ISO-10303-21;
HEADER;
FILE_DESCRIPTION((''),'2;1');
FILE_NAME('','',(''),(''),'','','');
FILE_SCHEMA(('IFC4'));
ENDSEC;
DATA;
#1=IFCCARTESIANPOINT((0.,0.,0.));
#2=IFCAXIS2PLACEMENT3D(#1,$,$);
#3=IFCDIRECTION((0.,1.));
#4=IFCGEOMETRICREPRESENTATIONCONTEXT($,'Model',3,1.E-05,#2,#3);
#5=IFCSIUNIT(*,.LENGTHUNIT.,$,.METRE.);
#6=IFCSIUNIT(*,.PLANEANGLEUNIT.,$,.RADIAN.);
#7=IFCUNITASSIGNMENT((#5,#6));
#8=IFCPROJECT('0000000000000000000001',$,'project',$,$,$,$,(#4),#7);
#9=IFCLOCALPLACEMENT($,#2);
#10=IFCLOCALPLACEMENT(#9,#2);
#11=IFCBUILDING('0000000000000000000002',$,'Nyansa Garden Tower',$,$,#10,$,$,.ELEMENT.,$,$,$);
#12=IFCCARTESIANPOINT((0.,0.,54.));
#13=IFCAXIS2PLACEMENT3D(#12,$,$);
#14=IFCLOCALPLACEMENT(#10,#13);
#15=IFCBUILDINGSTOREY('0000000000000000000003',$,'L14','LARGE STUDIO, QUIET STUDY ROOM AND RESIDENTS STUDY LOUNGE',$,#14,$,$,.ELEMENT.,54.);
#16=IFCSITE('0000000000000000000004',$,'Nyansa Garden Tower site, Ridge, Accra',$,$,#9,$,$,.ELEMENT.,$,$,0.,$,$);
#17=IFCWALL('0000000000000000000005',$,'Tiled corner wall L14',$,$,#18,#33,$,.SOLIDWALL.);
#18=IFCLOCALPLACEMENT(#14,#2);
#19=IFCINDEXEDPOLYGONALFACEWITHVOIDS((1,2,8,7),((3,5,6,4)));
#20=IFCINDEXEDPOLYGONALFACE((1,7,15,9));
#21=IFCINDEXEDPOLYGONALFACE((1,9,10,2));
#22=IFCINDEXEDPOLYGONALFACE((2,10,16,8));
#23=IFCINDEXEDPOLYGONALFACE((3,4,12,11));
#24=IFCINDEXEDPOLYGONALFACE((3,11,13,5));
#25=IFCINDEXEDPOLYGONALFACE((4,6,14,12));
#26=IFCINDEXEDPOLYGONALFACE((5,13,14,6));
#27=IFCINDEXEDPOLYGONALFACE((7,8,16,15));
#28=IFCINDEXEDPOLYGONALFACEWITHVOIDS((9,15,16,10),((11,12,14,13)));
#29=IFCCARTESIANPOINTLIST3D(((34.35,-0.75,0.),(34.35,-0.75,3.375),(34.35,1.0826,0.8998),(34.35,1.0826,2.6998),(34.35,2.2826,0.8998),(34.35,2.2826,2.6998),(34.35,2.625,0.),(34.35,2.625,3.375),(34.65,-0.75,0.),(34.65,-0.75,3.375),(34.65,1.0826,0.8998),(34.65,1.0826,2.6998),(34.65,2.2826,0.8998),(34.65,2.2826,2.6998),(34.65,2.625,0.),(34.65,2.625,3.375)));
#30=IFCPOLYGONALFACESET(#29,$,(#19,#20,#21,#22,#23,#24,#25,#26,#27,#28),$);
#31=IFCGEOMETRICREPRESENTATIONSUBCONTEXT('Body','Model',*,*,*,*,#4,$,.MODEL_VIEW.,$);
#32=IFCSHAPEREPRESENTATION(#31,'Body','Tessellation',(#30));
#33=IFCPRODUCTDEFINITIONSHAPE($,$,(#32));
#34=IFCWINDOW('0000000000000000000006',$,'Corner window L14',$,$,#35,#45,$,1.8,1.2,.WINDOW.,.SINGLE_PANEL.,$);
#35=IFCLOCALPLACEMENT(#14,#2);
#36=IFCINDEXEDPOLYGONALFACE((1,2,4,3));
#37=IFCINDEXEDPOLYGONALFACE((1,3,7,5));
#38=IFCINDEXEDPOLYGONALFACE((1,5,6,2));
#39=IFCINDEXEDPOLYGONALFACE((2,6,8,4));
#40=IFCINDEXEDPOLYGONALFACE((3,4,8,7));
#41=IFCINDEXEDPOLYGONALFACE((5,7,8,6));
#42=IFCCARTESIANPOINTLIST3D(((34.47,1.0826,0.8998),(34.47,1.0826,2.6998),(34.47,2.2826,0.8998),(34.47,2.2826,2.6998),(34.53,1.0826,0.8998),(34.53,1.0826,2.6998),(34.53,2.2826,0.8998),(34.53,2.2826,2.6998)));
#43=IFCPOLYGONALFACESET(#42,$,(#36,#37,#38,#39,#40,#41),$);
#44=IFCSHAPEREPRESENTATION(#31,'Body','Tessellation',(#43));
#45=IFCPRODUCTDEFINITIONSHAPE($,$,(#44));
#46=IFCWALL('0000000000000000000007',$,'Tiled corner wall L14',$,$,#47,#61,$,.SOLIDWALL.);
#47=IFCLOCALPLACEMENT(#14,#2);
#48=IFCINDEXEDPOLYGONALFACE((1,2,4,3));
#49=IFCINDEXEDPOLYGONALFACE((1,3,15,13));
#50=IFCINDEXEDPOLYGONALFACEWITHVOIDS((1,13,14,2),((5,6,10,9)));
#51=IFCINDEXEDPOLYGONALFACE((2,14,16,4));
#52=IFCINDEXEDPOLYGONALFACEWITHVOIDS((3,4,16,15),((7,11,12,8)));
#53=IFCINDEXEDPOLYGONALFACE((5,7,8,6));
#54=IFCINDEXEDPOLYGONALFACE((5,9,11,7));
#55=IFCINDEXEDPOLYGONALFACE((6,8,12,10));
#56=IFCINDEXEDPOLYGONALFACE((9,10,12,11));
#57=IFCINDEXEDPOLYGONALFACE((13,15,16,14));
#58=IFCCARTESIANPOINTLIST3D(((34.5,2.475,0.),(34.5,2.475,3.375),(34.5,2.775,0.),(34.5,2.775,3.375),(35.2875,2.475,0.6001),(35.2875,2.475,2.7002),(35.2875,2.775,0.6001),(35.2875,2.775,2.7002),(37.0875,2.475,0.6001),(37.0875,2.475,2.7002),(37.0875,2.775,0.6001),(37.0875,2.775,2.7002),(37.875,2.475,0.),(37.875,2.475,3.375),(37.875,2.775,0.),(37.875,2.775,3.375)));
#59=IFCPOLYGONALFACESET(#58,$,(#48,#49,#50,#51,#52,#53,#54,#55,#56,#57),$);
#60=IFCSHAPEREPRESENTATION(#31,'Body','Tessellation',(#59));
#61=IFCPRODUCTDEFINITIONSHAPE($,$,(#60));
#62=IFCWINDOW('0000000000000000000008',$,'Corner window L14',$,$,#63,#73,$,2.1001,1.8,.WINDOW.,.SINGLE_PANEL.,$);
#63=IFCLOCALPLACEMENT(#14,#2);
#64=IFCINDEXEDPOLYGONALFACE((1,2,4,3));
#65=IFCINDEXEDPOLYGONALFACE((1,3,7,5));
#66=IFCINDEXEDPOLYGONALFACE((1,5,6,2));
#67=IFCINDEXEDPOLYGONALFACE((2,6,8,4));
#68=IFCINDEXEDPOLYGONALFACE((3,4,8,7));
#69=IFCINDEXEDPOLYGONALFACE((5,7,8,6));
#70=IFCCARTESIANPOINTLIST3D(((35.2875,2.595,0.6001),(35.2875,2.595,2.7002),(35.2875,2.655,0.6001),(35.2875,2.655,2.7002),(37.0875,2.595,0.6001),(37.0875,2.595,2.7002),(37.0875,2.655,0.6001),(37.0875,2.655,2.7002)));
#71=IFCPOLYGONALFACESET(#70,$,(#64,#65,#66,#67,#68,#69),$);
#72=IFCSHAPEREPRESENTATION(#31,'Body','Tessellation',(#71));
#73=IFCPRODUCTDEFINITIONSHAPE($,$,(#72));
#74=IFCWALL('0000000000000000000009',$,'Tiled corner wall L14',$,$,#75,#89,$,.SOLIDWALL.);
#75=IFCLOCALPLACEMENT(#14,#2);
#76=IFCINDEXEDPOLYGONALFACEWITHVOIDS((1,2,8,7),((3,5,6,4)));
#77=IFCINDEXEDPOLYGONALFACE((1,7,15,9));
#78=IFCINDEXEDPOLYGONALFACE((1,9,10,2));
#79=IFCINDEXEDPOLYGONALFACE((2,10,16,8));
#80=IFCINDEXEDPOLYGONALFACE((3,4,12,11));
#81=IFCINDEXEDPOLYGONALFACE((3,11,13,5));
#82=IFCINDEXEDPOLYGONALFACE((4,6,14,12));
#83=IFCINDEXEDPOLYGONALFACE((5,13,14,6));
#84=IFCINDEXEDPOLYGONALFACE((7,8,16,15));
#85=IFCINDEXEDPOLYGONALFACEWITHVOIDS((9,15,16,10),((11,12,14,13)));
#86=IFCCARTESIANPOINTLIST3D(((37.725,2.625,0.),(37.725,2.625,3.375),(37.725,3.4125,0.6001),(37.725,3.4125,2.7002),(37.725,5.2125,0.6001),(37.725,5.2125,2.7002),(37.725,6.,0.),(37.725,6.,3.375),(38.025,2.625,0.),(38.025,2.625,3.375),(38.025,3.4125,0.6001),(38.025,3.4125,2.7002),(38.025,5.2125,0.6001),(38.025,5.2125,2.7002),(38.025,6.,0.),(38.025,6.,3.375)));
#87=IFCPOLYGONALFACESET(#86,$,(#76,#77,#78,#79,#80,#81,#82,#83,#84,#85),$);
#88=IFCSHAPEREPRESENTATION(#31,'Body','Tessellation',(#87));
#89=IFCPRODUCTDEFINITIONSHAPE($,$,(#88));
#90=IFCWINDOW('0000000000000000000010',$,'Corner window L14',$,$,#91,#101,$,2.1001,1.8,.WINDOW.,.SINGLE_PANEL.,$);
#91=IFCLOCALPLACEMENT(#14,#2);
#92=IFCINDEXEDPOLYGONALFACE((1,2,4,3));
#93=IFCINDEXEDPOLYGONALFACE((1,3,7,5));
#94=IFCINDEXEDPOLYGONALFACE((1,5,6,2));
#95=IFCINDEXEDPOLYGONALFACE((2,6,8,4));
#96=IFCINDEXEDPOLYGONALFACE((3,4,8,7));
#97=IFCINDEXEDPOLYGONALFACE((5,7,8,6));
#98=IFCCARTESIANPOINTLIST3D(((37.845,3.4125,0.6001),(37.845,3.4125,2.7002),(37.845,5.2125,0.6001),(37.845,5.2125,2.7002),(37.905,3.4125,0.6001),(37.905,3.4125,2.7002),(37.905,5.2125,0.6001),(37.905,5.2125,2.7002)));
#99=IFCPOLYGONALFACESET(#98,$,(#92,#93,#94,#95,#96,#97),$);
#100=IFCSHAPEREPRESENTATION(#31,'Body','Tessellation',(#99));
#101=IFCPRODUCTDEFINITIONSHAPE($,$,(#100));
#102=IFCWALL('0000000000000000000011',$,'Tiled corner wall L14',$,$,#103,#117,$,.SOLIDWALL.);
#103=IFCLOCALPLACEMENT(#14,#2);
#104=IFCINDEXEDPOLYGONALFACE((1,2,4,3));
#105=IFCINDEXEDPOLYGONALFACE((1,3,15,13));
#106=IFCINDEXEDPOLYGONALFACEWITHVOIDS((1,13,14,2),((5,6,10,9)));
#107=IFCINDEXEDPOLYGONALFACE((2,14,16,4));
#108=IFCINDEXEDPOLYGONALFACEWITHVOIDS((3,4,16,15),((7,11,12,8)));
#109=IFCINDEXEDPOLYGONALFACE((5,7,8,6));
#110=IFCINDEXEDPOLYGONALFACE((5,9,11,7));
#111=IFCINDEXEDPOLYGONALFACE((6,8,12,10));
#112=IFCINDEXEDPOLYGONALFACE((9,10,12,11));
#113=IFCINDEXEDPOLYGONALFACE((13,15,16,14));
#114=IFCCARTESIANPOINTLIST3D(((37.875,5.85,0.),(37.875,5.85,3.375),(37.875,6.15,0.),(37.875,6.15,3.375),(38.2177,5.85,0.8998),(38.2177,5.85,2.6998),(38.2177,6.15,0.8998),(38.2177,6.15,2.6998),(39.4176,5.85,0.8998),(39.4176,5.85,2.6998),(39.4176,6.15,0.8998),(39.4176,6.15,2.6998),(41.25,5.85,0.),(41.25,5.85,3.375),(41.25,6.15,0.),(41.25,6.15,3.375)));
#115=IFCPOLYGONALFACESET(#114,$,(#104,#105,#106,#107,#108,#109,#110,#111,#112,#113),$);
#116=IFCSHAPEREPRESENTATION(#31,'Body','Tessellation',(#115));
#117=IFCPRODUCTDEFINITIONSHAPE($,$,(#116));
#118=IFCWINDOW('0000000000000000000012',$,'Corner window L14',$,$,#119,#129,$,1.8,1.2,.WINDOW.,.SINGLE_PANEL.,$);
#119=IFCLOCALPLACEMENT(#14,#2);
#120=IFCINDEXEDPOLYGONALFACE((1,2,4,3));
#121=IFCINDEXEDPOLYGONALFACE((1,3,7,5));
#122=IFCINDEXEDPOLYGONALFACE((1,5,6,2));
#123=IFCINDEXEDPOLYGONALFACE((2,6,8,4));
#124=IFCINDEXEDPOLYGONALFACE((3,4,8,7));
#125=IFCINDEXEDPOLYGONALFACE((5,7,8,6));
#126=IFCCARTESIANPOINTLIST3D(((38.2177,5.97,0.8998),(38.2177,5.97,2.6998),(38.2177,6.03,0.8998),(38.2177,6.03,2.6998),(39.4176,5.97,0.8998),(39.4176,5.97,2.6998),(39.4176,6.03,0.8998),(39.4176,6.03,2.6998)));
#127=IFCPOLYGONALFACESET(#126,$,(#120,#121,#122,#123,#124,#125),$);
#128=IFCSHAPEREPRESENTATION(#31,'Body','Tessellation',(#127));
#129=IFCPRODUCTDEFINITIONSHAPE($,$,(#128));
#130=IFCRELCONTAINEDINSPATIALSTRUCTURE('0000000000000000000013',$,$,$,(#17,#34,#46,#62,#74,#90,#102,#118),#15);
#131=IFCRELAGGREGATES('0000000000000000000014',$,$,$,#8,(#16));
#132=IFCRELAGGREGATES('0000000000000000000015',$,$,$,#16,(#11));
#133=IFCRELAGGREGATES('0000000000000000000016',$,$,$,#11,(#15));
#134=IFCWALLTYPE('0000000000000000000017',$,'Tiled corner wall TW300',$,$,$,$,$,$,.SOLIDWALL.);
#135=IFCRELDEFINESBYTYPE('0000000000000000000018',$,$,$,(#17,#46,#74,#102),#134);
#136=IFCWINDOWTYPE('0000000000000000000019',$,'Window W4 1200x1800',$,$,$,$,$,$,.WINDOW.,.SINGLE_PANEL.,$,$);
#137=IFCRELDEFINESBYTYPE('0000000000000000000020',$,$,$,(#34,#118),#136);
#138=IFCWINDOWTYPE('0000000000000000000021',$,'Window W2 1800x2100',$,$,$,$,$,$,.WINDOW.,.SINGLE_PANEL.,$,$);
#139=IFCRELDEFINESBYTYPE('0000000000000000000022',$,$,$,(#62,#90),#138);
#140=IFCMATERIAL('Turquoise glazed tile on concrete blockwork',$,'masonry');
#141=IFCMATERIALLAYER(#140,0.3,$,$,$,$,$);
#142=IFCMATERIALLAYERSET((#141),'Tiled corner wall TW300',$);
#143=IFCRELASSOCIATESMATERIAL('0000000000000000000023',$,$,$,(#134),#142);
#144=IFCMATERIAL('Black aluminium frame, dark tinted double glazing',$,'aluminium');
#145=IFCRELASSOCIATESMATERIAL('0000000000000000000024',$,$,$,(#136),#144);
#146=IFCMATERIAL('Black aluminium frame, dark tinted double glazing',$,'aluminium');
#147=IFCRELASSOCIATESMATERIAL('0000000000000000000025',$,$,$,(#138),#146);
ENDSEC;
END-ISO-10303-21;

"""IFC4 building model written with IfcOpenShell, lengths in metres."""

from ifc_helpers import new_model, si_unit, direction, frame, frame_2d, origin, place, context, subcontext, project, spatial, rectangle, extrude, material, layer, layer_set, type_object, element, fill, save


model = new_model("IFC4")

# Units and contexts
model_context = context("Model", 3, precision=1e-05, world=origin(), true_north=direction((0.0, 1.0)))
body_context = subcontext(model_context, "Body", "Model", "MODEL_VIEW")
ifc_project = project(units=[si_unit("LENGTHUNIT", "METRE"), si_unit("PLANEANGLEUNIT", "RADIAN")], contexts=[model_context])

# Site, building, storey
site_placement = place(None, origin())
site = spatial("IfcSite", under=ifc_project, at=site_placement, Name="Nyansa Garden Tower site, Ridge, Accra", CompositionType="ELEMENT", RefElevation=0.0)
building_placement = place(site_placement, origin())
building = spatial("IfcBuilding", under=site, at=building_placement, Name="Nyansa Garden Tower", CompositionType="ELEMENT")
storey_placement = place(building_placement, frame((0.0, 0.0, 54.0)))
storey = spatial("IfcBuildingStorey", under=building, at=storey_placement, Name="L14", Description="LARGE STUDIO, QUIET STUDY ROOM AND RESIDENTS STUDY LOUNGE", CompositionType="ELEMENT", Elevation=54.0)

# Walls, openings, windows
ifc_material_1 = material(Name="Turquoise glazed tile on concrete blockwork", Category="masonry")
ifc_layer_1 = layer(ifc_material_1, 0.3)
ifc_layer_set_1 = layer_set([ifc_layer_1], Name="Tiled corner wall TW300")
wall_type_1 = type_object("IfcWallType", Name="Tiled corner wall TW300", PredefinedType="SOLIDWALL", material=ifc_layer_set_1)
wall_1_placement = place(storey_placement, frame((34.5, -0.75, 0.0), z_axis=(0.0, 0.0, 1.0), x_axis=(0.0, 1.0, 0.0)))
wall_1 = element("IfcWall", 1, at=wall_1_placement, inside=storey, type_object=wall_type_1, Name="Tiled corner wall L14", PredefinedType="SOLIDWALL", context=body_context, shape_type="SweptSolid", body=[
    extrude(rectangle(XDim=3.375, YDim=0.3, at=frame_2d((1.6875, 0.0))), origin(), (0.0, 0.0, 1.0), 3.375),
])
opening_1_placement = place(wall_1_placement, frame((1.8325, 0.0, 0.8999)))
opening_1 = element("IfcOpeningElement", 2, at=opening_1_placement, cuts=wall_1, PredefinedType="OPENING", context=body_context, shape_type="SweptSolid", body=[
    extrude(rectangle(XDim=1.2, YDim=1.8, at=frame_2d((0.6001, 0.8999))), frame((0.0, 0.1599, 0.0), z_axis=(0.0, -1.0, 0.0), x_axis=(1.0, 0.0, 0.0)), (0.0, 0.0, 1.0), 0.3201),
])
ifc_material_2 = material(Name="Black aluminium frame, dark tinted double glazing", Category="aluminium")
window_type_1 = type_object("IfcWindowType", Name="Window W4 1200x1800", PartitioningType="SINGLE_PANEL", PredefinedType="WINDOW", material=ifc_material_2)
window_1_placement = place(opening_1_placement, origin())
window_1 = element("IfcWindow", 3, at=window_1_placement, inside=storey, type_object=window_type_1, Name="Corner window L14", OverallHeight=1.8, OverallWidth=1.2, PartitioningType="SINGLE_PANEL", PredefinedType="WINDOW", context=body_context, shape_type="SweptSolid", body=[
    extrude(rectangle(XDim=1.2, YDim=1.8, at=frame_2d((0.6001, 0.8999))), frame((0.0, 0.03, 0.0), z_axis=(0.0, -1.0, 0.0), x_axis=(1.0, 0.0, 0.0)), (0.0, 0.0, 1.0), 0.0601),
])
fill(opening_1, window_1)
wall_2_placement = place(storey_placement, frame((34.5, 2.625, 0.0), z_axis=(0.0, 0.0, 1.0), x_axis=(1.0, 0.0, 0.0)))
wall_2 = element("IfcWall", 4, at=wall_2_placement, inside=storey, type_object=wall_type_1, Name="Tiled corner wall L14", PredefinedType="SOLIDWALL", context=body_context, shape_type="SweptSolid", body=[
    extrude(rectangle(XDim=3.375, YDim=0.3, at=frame_2d((1.6875, 0.0))), origin(), (0.0, 0.0, 1.0), 3.375),
])
opening_2_placement = place(wall_2_placement, frame((0.7876, 0.0, 0.6001)))
opening_2 = element("IfcOpeningElement", 5, at=opening_2_placement, cuts=wall_2, PredefinedType="OPENING", context=body_context, shape_type="SweptSolid", body=[
    extrude(rectangle(XDim=1.8, YDim=2.1001, at=frame_2d((0.8999, 1.05))), frame((0.0, 0.1599, 0.0), z_axis=(0.0, -1.0, 0.0), x_axis=(1.0, 0.0, 0.0)), (0.0, 0.0, 1.0), 0.3201),
])
ifc_material_3 = material(Name="Black aluminium frame, dark tinted double glazing", Category="aluminium")
window_type_2 = type_object("IfcWindowType", Name="Window W2 1800x2100", PartitioningType="SINGLE_PANEL", PredefinedType="WINDOW", material=ifc_material_3)
window_2_placement = place(opening_2_placement, origin())
window_2 = element("IfcWindow", 6, at=window_2_placement, inside=storey, type_object=window_type_2, Name="Corner window L14", OverallHeight=2.1001, OverallWidth=1.8, PartitioningType="SINGLE_PANEL", PredefinedType="WINDOW", context=body_context, shape_type="SweptSolid", body=[
    extrude(rectangle(XDim=1.8, YDim=2.1001, at=frame_2d((0.8999, 1.05))), frame((0.0, 0.03, 0.0), z_axis=(0.0, -1.0, 0.0), x_axis=(1.0, 0.0, 0.0)), (0.0, 0.0, 1.0), 0.0601),
])
fill(opening_2, window_2)
wall_3_placement = place(storey_placement, frame((37.875, 2.625, 0.0), z_axis=(0.0, 0.0, 1.0), x_axis=(0.0, 1.0, 0.0)))
wall_3 = element("IfcWall", 7, at=wall_3_placement, inside=storey, type_object=wall_type_1, Name="Tiled corner wall L14", PredefinedType="SOLIDWALL", context=body_context, shape_type="SweptSolid", body=[
    extrude(rectangle(XDim=3.375, YDim=0.3, at=frame_2d((1.6875, 0.0))), origin(), (0.0, 0.0, 1.0), 3.375),
])
opening_3_placement = place(wall_3_placement, frame((0.7876, 0.0, 0.6001)))
opening_3 = element("IfcOpeningElement", 8, at=opening_3_placement, cuts=wall_3, PredefinedType="OPENING", context=body_context, shape_type="SweptSolid", body=[
    extrude(rectangle(XDim=1.8, YDim=2.1001, at=frame_2d((0.8999, 1.05))), frame((0.0, 0.1599, 0.0), z_axis=(0.0, -1.0, 0.0), x_axis=(1.0, 0.0, 0.0)), (0.0, 0.0, 1.0), 0.3201),
])
window_3_placement = place(opening_3_placement, origin())
window_3 = element("IfcWindow", 9, at=window_3_placement, inside=storey, type_object=window_type_2, Name="Corner window L14", OverallHeight=2.1001, OverallWidth=1.8, PartitioningType="SINGLE_PANEL", PredefinedType="WINDOW", context=body_context, shape_type="SweptSolid", body=[
    extrude(rectangle(XDim=1.8, YDim=2.1001, at=frame_2d((0.8999, 1.05))), frame((0.0, 0.03, 0.0), z_axis=(0.0, -1.0, 0.0), x_axis=(1.0, 0.0, 0.0)), (0.0, 0.0, 1.0), 0.0601),
])
fill(opening_3, window_3)
wall_4_placement = place(storey_placement, frame((37.875, 6.0, 0.0), z_axis=(0.0, 0.0, 1.0), x_axis=(1.0, 0.0, 0.0)))
wall_4 = element("IfcWall", 10, at=wall_4_placement, inside=storey, type_object=wall_type_1, Name="Tiled corner wall L14", PredefinedType="SOLIDWALL", context=body_context, shape_type="SweptSolid", body=[
    extrude(rectangle(XDim=3.375, YDim=0.3, at=frame_2d((1.6875, 0.0))), origin(), (0.0, 0.0, 1.0), 3.375),
])
opening_4_placement = place(wall_4_placement, frame((0.3425, 0.0, 0.8999)))
opening_4 = element("IfcOpeningElement", 11, at=opening_4_placement, cuts=wall_4, PredefinedType="OPENING", context=body_context, shape_type="SweptSolid", body=[
    extrude(rectangle(XDim=1.2, YDim=1.8, at=frame_2d((0.6001, 0.8999))), frame((0.0, 0.1599, 0.0), z_axis=(0.0, -1.0, 0.0), x_axis=(1.0, 0.0, 0.0)), (0.0, 0.0, 1.0), 0.3201),
])
window_4_placement = place(opening_4_placement, origin())
window_4 = element("IfcWindow", 12, at=window_4_placement, inside=storey, type_object=window_type_1, Name="Corner window L14", OverallHeight=1.8, OverallWidth=1.2, PartitioningType="SINGLE_PANEL", PredefinedType="WINDOW", context=body_context, shape_type="SweptSolid", body=[
    extrude(rectangle(XDim=1.2, YDim=1.8, at=frame_2d((0.6001, 0.8999))), frame((0.0, 0.03, 0.0), z_axis=(0.0, -1.0, 0.0), x_axis=(1.0, 0.0, 0.0)), (0.0, 0.0, 1.0), 0.0601),
])
fill(opening_4, window_4)

save(model, "model.ifc")
